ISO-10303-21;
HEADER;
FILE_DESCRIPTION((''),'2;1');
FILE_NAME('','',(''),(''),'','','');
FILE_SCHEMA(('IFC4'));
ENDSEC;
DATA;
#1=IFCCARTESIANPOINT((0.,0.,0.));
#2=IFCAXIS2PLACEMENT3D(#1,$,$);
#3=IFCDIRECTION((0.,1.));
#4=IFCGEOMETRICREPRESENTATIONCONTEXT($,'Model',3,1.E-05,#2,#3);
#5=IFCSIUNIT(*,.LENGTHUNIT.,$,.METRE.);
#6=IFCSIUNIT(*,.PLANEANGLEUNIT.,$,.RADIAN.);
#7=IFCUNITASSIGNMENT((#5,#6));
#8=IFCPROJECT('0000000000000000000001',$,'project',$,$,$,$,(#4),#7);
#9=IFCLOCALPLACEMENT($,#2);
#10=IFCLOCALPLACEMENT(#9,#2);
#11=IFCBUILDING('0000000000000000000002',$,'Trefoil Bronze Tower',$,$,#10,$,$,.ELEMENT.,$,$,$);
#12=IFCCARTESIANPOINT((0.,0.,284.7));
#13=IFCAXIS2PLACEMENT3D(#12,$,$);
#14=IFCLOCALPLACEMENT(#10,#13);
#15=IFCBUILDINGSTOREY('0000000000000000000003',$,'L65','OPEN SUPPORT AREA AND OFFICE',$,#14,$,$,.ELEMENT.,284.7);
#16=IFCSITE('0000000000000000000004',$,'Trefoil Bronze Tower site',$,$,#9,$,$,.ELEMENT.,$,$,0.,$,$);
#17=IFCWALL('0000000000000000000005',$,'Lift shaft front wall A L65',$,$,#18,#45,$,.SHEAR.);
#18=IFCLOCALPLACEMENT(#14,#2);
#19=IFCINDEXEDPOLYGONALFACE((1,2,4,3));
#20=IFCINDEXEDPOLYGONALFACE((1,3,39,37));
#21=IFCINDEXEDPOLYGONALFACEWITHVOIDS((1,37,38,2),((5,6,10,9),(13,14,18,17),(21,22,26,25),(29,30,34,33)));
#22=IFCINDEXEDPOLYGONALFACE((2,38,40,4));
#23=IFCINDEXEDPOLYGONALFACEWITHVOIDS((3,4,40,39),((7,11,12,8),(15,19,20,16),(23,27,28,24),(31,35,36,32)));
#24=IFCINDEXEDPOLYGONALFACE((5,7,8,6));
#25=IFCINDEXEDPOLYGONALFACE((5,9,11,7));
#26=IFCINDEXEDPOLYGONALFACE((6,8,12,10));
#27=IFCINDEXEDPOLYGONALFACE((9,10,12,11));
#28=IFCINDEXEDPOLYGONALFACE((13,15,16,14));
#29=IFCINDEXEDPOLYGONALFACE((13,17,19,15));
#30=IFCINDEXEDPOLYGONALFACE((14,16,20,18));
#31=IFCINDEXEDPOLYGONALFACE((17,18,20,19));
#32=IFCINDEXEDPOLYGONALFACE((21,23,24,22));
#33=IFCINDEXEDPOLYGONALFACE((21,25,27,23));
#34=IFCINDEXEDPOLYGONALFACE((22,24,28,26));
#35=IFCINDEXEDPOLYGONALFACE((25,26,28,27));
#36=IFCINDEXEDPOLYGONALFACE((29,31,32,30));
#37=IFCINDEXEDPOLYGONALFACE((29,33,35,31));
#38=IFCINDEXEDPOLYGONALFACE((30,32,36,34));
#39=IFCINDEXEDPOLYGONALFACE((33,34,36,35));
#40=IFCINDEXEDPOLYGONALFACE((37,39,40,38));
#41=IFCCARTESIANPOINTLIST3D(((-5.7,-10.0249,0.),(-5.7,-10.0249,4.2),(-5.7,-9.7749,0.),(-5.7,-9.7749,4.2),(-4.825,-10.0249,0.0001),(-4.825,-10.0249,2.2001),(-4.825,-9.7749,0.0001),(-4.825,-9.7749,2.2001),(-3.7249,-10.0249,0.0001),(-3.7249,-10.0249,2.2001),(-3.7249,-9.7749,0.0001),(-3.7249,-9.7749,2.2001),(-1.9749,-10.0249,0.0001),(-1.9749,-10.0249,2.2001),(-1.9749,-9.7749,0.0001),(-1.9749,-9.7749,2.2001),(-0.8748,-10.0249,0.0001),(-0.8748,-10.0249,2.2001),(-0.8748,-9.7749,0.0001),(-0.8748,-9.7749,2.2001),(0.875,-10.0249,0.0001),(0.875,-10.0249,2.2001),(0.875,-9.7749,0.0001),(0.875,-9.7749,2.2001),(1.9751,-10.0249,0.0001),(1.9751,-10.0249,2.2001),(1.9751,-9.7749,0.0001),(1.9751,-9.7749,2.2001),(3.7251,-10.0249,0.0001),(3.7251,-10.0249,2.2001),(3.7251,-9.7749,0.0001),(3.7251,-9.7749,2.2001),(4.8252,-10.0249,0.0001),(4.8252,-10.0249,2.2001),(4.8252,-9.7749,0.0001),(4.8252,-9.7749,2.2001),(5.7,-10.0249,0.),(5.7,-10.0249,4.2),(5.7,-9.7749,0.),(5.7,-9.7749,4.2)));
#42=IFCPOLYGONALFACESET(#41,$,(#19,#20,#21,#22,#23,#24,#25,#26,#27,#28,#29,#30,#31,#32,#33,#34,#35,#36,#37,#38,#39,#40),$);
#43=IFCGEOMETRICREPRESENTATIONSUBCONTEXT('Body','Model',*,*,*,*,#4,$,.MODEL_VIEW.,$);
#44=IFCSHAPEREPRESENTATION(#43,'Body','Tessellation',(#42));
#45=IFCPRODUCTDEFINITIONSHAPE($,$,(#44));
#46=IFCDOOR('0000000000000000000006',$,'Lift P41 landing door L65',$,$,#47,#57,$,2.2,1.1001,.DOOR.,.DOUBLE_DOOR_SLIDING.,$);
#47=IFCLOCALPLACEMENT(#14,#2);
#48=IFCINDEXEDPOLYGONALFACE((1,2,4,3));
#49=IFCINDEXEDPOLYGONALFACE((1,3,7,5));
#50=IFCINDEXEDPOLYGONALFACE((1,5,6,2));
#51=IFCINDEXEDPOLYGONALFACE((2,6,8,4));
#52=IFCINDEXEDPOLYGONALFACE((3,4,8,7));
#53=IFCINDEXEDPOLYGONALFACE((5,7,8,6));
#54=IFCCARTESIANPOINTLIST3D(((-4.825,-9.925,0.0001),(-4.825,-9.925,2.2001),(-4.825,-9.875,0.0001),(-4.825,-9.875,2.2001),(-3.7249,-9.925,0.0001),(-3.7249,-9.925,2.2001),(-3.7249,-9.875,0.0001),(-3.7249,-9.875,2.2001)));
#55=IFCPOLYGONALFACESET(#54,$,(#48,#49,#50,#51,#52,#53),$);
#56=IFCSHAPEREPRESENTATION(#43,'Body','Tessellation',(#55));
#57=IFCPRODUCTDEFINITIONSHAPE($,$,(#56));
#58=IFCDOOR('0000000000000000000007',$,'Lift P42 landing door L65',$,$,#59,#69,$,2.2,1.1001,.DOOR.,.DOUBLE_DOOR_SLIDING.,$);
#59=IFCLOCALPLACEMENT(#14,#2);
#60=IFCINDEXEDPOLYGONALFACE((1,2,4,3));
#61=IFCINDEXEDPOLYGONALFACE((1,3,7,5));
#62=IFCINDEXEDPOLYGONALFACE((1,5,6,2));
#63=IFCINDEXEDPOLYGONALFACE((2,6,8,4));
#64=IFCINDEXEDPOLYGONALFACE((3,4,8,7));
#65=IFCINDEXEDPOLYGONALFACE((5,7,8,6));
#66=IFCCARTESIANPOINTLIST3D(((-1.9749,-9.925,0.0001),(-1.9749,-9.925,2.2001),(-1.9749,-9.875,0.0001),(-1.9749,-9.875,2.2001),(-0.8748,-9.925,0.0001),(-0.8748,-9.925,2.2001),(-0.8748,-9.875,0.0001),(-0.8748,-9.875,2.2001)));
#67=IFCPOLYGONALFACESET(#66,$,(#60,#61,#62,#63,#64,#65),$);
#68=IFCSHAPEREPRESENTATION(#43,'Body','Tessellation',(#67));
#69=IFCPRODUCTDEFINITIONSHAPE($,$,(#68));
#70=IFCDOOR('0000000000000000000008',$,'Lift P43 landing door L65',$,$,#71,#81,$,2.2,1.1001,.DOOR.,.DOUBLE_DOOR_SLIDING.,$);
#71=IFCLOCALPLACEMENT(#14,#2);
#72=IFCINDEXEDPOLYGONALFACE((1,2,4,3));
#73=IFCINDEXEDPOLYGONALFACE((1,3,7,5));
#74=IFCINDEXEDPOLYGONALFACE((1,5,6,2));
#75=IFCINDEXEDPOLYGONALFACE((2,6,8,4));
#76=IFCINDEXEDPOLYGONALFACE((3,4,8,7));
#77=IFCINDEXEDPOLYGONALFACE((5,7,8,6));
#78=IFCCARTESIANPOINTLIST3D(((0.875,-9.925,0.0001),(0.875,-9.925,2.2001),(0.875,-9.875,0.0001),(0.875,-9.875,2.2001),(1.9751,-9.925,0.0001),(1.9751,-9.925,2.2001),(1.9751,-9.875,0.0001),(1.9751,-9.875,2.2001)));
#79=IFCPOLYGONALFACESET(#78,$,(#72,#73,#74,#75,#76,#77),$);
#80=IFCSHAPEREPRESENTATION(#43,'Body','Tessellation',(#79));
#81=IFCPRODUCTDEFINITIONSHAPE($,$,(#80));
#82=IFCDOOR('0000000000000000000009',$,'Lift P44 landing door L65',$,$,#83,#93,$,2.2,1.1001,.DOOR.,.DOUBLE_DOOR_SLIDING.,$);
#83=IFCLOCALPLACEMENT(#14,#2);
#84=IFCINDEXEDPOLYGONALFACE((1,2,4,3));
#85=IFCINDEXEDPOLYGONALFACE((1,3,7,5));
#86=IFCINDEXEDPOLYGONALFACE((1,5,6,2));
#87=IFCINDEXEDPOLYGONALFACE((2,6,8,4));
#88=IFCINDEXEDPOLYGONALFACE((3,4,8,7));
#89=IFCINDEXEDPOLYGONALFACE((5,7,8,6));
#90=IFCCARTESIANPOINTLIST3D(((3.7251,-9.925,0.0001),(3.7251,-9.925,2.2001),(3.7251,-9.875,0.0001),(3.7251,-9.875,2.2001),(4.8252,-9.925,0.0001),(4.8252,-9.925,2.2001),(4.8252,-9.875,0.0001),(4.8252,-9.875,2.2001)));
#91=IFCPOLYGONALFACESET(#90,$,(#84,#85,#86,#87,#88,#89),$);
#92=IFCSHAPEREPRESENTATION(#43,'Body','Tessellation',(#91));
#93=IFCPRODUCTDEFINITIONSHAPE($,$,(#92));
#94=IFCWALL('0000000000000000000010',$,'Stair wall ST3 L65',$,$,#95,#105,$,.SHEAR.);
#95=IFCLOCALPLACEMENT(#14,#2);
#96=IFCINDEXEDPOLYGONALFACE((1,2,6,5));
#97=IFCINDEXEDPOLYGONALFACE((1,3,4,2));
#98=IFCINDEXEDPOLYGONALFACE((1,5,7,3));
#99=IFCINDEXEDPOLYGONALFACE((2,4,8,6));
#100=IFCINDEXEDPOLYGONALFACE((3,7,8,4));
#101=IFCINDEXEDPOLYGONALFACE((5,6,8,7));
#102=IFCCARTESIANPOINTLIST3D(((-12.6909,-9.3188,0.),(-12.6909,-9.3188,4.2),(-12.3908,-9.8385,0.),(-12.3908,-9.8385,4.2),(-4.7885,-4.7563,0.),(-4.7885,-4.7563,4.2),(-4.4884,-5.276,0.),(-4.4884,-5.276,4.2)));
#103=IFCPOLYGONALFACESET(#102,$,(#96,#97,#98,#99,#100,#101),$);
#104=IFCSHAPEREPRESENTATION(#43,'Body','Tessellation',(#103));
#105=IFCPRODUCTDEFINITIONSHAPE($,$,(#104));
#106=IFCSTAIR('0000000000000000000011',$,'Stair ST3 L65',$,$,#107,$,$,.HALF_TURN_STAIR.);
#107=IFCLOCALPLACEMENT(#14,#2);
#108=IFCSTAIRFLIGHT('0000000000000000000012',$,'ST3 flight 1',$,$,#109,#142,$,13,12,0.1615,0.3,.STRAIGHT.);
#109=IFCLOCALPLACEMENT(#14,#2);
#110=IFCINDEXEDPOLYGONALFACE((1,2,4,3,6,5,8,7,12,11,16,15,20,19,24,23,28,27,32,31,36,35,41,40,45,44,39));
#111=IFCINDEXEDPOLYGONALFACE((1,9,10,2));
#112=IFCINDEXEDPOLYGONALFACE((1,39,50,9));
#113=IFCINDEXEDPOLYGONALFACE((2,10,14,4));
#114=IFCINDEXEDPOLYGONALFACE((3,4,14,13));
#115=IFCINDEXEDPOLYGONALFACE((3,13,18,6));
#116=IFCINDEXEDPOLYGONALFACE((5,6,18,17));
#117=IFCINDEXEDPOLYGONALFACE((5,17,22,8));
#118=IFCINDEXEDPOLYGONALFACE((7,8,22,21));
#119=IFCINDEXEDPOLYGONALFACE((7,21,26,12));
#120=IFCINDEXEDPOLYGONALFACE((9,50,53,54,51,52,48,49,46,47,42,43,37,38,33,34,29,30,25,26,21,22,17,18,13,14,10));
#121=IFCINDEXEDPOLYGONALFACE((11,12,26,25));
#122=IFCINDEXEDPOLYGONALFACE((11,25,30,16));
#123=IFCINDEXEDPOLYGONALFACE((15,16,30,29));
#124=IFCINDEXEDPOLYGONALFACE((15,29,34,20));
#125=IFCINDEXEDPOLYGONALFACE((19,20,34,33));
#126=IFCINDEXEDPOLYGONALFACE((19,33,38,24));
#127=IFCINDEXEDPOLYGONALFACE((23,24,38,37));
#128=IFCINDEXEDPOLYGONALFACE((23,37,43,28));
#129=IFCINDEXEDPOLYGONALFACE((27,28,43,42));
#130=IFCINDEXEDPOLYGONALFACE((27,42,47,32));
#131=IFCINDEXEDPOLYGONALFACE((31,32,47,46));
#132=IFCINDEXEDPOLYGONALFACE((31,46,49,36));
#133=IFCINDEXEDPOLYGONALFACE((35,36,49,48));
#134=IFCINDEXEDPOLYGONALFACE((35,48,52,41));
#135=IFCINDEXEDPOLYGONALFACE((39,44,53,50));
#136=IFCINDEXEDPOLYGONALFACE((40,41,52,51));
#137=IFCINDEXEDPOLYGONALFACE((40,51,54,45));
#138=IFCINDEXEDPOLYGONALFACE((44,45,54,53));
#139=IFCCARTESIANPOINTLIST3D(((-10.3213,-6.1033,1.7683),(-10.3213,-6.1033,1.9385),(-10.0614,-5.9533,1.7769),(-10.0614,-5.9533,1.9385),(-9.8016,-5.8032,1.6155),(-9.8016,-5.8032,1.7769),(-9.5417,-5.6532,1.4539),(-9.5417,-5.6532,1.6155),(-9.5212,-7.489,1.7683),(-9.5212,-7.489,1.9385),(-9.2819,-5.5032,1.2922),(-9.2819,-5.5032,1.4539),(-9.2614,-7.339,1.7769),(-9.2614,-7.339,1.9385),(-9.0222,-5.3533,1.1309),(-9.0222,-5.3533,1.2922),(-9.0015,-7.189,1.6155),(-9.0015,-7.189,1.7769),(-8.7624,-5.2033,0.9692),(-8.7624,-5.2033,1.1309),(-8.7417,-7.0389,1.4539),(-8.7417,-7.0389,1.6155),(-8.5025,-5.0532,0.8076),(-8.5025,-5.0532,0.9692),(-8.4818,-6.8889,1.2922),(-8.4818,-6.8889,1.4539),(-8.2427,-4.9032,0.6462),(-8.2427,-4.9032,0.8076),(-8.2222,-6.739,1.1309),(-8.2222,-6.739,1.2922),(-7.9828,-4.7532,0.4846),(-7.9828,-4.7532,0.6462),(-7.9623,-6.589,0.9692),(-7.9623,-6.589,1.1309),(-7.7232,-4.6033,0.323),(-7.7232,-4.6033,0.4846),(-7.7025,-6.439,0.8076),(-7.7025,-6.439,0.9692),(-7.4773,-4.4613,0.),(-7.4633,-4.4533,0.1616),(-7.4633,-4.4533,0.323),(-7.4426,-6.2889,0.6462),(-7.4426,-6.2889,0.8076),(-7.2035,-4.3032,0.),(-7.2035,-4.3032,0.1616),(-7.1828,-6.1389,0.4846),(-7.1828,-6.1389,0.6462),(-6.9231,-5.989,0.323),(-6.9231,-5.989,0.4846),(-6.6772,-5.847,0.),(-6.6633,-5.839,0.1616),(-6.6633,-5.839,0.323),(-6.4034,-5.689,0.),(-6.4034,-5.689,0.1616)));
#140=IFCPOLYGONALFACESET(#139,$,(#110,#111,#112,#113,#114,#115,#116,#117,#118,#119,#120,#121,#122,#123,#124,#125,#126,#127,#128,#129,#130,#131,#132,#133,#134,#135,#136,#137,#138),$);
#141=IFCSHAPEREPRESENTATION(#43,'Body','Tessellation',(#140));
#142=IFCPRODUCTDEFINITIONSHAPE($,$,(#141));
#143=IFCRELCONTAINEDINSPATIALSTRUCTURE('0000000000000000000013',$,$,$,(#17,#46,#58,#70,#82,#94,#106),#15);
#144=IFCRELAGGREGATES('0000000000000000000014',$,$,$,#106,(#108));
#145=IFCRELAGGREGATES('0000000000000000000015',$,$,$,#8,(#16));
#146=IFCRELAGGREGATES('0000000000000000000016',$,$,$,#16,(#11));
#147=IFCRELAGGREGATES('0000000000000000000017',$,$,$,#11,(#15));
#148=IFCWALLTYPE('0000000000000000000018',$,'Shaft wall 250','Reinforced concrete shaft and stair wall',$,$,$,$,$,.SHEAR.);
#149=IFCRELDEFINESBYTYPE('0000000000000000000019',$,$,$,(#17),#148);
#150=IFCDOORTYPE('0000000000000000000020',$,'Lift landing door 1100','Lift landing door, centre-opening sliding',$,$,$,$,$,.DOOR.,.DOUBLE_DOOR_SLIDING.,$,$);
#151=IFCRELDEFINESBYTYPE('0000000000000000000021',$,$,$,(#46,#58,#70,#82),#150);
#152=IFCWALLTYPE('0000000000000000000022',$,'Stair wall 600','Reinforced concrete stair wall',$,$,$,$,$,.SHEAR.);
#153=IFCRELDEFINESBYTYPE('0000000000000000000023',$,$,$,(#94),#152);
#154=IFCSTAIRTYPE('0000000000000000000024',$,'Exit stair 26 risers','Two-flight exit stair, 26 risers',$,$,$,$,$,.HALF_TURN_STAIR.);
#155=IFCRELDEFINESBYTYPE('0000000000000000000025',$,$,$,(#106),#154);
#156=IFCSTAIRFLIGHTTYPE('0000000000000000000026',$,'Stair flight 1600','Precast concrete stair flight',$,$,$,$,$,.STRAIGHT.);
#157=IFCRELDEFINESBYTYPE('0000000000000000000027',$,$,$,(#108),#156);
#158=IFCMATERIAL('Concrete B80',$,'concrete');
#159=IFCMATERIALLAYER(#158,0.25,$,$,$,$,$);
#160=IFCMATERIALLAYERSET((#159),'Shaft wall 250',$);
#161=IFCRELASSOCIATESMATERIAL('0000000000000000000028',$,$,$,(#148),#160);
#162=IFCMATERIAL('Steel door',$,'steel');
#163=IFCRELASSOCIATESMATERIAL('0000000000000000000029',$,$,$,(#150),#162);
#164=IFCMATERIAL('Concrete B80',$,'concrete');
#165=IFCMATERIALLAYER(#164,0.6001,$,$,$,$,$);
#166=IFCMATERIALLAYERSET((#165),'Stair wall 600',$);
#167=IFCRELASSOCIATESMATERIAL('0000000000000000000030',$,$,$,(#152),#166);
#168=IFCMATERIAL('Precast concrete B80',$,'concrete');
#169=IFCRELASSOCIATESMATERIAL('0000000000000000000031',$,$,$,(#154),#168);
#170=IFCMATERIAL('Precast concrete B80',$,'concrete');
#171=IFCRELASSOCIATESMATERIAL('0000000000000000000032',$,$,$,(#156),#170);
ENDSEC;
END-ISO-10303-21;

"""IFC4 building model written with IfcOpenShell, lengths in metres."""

from ifc_helpers import new_model, si_unit, direction, frame, frame_2d, origin, place, context, subcontext, project, spatial, polyline, rectangle, outline, extrude, material, layer, layer_set, type_object, element, fill, aggregate, save


model = new_model("IFC4")

# Units and contexts
model_context = context("Model", 3, precision=1e-05, world=origin(), true_north=direction((0.0, 1.0)))
body_context = subcontext(model_context, "Body", "Model", "MODEL_VIEW")
ifc_project = project(units=[si_unit("LENGTHUNIT", "METRE"), si_unit("PLANEANGLEUNIT", "RADIAN")], contexts=[model_context])

# Site, building, storey
site_placement = place(None, origin())
site = spatial("IfcSite", under=ifc_project, at=site_placement, Name="Trefoil Bronze Tower site", CompositionType="ELEMENT", RefElevation=0.0)
building_placement = place(site_placement, origin())
building = spatial("IfcBuilding", under=site, at=building_placement, Name="Trefoil Bronze Tower", CompositionType="ELEMENT")
storey_placement = place(building_placement, frame((0.0, 0.0, 284.7)))
storey = spatial("IfcBuildingStorey", under=building, at=storey_placement, Name="L65", Description="OPEN SUPPORT AREA AND OFFICE", CompositionType="ELEMENT", Elevation=284.7)

# Wall, openings, doors
ifc_material_1 = material(Name="Concrete B80", Category="concrete")
ifc_layer_1 = layer(ifc_material_1, 0.25)
ifc_layer_set_1 = layer_set([ifc_layer_1], Name="Shaft wall 250")
wall_type_1 = type_object("IfcWallType", Name="Shaft wall 250", Description="Reinforced concrete shaft and stair wall", PredefinedType="SHEAR", material=ifc_layer_set_1)
wall_1_placement = place(storey_placement, frame((-5.7, -9.8999, 0.0), z_axis=(0.0, 0.0, 1.0), x_axis=(1.0, 0.0, 0.0)))
wall_1 = element("IfcWall", 1, at=wall_1_placement, inside=storey, type_object=wall_type_1, Name="Lift shaft front wall A L65", PredefinedType="SHEAR", context=body_context, shape_type="SweptSolid", body=[
    extrude(rectangle(XDim=11.3999, YDim=0.25, at=frame_2d((5.7, 0.0))), origin(), (0.0, 0.0, 1.0), 4.2),
])
opening_1_placement = place(wall_1_placement, frame((0.875, 0.0, 0.0)))
opening_1 = element("IfcOpeningElement", 2, at=opening_1_placement, cuts=wall_1, PredefinedType="OPENING", context=body_context, shape_type="SweptSolid", body=[
    extrude(rectangle(XDim=1.1001, YDim=2.2, at=frame_2d((0.55, 1.1001))), frame((0.0, 0.135, 0.0), z_axis=(0.0, -1.0, 0.0), x_axis=(1.0, 0.0, 0.0)), (0.0, 0.0, 1.0), 0.27),
])
opening_2_placement = place(wall_1_placement, frame((3.7251, 0.0, 0.0)))
opening_2 = element("IfcOpeningElement", 3, at=opening_2_placement, cuts=wall_1, PredefinedType="OPENING", context=body_context, shape_type="SweptSolid", body=[
    extrude(rectangle(XDim=1.1001, YDim=2.2, at=frame_2d((0.55, 1.1001))), frame((0.0, 0.135, 0.0), z_axis=(0.0, -1.0, 0.0), x_axis=(1.0, 0.0, 0.0)), (0.0, 0.0, 1.0), 0.27),
])
opening_3_placement = place(wall_1_placement, frame((6.575, 0.0, 0.0)))
opening_3 = element("IfcOpeningElement", 4, at=opening_3_placement, cuts=wall_1, PredefinedType="OPENING", context=body_context, shape_type="SweptSolid", body=[
    extrude(rectangle(XDim=1.1001, YDim=2.2, at=frame_2d((0.55, 1.1001))), frame((0.0, 0.135, 0.0), z_axis=(0.0, -1.0, 0.0), x_axis=(1.0, 0.0, 0.0)), (0.0, 0.0, 1.0), 0.27),
])
opening_4_placement = place(wall_1_placement, frame((9.425, 0.0, 0.0)))
opening_4 = element("IfcOpeningElement", 5, at=opening_4_placement, cuts=wall_1, PredefinedType="OPENING", context=body_context, shape_type="SweptSolid", body=[
    extrude(rectangle(XDim=1.1001, YDim=2.2, at=frame_2d((0.55, 1.1001))), frame((0.0, 0.135, 0.0), z_axis=(0.0, -1.0, 0.0), x_axis=(1.0, 0.0, 0.0)), (0.0, 0.0, 1.0), 0.27),
])
ifc_material_2 = material(Name="Steel door", Category="steel")
door_type_1 = type_object("IfcDoorType", Name="Lift landing door 1100", Description="Lift landing door, centre-opening sliding", OperationType="DOUBLE_DOOR_SLIDING", PredefinedType="DOOR", material=ifc_material_2)
door_1_placement = place(opening_1_placement, origin())
door_1 = element("IfcDoor", 6, at=door_1_placement, inside=storey, type_object=door_type_1, Name="Lift P41 landing door L65", OperationType="DOUBLE_DOOR_SLIDING", OverallHeight=2.2, OverallWidth=1.1001, PredefinedType="DOOR", context=body_context, shape_type="SweptSolid", body=[
    extrude(rectangle(XDim=1.1001, YDim=2.2, at=frame_2d((0.55, 1.1001))), frame((0.0, 0.0249, 0.0), z_axis=(0.0, -1.0, 0.0), x_axis=(1.0, 0.0, 0.0)), (0.0, 0.0, 1.0), 0.05),
])
fill(opening_1, door_1)
door_2_placement = place(opening_2_placement, origin())
door_2 = element("IfcDoor", 7, at=door_2_placement, inside=storey, type_object=door_type_1, Name="Lift P42 landing door L65", OperationType="DOUBLE_DOOR_SLIDING", OverallHeight=2.2, OverallWidth=1.1001, PredefinedType="DOOR", context=body_context, shape_type="SweptSolid", body=[
    extrude(rectangle(XDim=1.1001, YDim=2.2, at=frame_2d((0.55, 1.1001))), frame((0.0, 0.0249, 0.0), z_axis=(0.0, -1.0, 0.0), x_axis=(1.0, 0.0, 0.0)), (0.0, 0.0, 1.0), 0.05),
])
fill(opening_2, door_2)
door_3_placement = place(opening_3_placement, origin())
door_3 = element("IfcDoor", 8, at=door_3_placement, inside=storey, type_object=door_type_1, Name="Lift P43 landing door L65", OperationType="DOUBLE_DOOR_SLIDING", OverallHeight=2.2, OverallWidth=1.1001, PredefinedType="DOOR", context=body_context, shape_type="SweptSolid", body=[
    extrude(rectangle(XDim=1.1001, YDim=2.2, at=frame_2d((0.55, 1.1001))), frame((0.0, 0.0249, 0.0), z_axis=(0.0, -1.0, 0.0), x_axis=(1.0, 0.0, 0.0)), (0.0, 0.0, 1.0), 0.05),
])
fill(opening_3, door_3)
door_4_placement = place(opening_4_placement, origin())
door_4 = element("IfcDoor", 9, at=door_4_placement, inside=storey, type_object=door_type_1, Name="Lift P44 landing door L65", OperationType="DOUBLE_DOOR_SLIDING", OverallHeight=2.2, OverallWidth=1.1001, PredefinedType="DOOR", context=body_context, shape_type="SweptSolid", body=[
    extrude(rectangle(XDim=1.1001, YDim=2.2, at=frame_2d((0.55, 1.1001))), frame((0.0, 0.0249, 0.0), z_axis=(0.0, -1.0, 0.0), x_axis=(1.0, 0.0, 0.0)), (0.0, 0.0, 1.0), 0.05),
])
fill(opening_4, door_4)

# Wall
ifc_material_3 = material(Name="Concrete B80", Category="concrete")
ifc_layer_2 = layer(ifc_material_3, 0.6001)
ifc_layer_set_2 = layer_set([ifc_layer_2], Name="Stair wall 600")
wall_type_2 = type_object("IfcWallType", Name="Stair wall 600", Description="Reinforced concrete stair wall", PredefinedType="SHEAR", material=ifc_layer_set_2)
wall_2_placement = place(storey_placement, frame((-4.6384, -5.0161, 0.0), z_axis=(0.0, 0.0, 1.0), x_axis=(-0.866022, -0.500007, 0.0)))
element("IfcWall", 10, at=wall_2_placement, inside=storey, type_object=wall_type_2, Name="Stair wall ST3 L65", PredefinedType="SHEAR", context=body_context, shape_type="SweptSolid", body=[
    extrude(rectangle(XDim=9.125, YDim=0.6001, at=frame_2d((4.5625, 0.0))), origin(), (0.0, 0.0, 1.0), 4.2),
])

# Stair, stair flight
ifc_material_4 = material(Name="Precast concrete B80", Category="concrete")
stair_type = type_object("IfcStairType", Name="Exit stair 26 risers", Description="Two-flight exit stair, 26 risers", PredefinedType="HALF_TURN_STAIR", material=ifc_material_4)
stair_placement = place(storey_placement, origin())
stair = element("IfcStair", 11, at=stair_placement, inside=storey, type_object=stair_type, Name="Stair ST3 L65", PredefinedType="HALF_TURN_STAIR")
ifc_material_5 = material(Name="Precast concrete B80", Category="concrete")
stair_flight_type = type_object("IfcStairFlightType", Name="Stair flight 1600", Description="Precast concrete stair flight", PredefinedType="STRAIGHT", material=ifc_material_5)
stair_flight_1_placement = place(storey_placement, frame((-6.8035, -4.9961, 0.0), z_axis=(0.0, 0.0, 1.0), x_axis=(-0.866025, -0.5, 0.0)))
stair_flight_1 = element("IfcStairFlight", 12, at=stair_flight_1_placement, type_object=stair_flight_type, Name="ST3 flight 1", NumberOfRisers=13, NumberOfTreads=12, PredefinedType="STRAIGHT", RiserHeight=0.1615, TreadLength=0.3, context=body_context, shape_type="SweptSolid", body=[
    extrude(outline(polyline([(0.0, 0.0), (0.0, 0.1616), (0.3, 0.1616), (0.3, 0.323), (0.6001, 0.323), (0.6001, 0.4846), (0.8999, 0.4846), (0.8999, 0.6462), (1.2, 0.6462), (1.2, 0.8076), (1.5, 0.8076), (1.5, 0.9692), (1.8, 0.9692), (1.8, 1.1309), (2.1001, 1.1309), (2.1001, 1.2922), (2.3999, 1.2922), (2.3999, 1.4539), (2.7, 1.4539), (2.7, 1.6155), (3.0, 1.6155), (3.0, 1.7769), (3.3, 1.7769), (3.3, 1.9385), (3.6001, 1.9385), (3.6001, 2.1001), (3.6001, 1.7683), (0.3162, 0.0), (0.0, 0.0)])), frame((0.0, 0.8, 0.0), z_axis=(0.0, -1.0, 0.0), x_axis=(1.0, 0.0, 0.0)), (0.0, 0.0, 1.0), 1.6001),
])
aggregate(stair, [stair_flight_1])

save(model, "model.ifc")
